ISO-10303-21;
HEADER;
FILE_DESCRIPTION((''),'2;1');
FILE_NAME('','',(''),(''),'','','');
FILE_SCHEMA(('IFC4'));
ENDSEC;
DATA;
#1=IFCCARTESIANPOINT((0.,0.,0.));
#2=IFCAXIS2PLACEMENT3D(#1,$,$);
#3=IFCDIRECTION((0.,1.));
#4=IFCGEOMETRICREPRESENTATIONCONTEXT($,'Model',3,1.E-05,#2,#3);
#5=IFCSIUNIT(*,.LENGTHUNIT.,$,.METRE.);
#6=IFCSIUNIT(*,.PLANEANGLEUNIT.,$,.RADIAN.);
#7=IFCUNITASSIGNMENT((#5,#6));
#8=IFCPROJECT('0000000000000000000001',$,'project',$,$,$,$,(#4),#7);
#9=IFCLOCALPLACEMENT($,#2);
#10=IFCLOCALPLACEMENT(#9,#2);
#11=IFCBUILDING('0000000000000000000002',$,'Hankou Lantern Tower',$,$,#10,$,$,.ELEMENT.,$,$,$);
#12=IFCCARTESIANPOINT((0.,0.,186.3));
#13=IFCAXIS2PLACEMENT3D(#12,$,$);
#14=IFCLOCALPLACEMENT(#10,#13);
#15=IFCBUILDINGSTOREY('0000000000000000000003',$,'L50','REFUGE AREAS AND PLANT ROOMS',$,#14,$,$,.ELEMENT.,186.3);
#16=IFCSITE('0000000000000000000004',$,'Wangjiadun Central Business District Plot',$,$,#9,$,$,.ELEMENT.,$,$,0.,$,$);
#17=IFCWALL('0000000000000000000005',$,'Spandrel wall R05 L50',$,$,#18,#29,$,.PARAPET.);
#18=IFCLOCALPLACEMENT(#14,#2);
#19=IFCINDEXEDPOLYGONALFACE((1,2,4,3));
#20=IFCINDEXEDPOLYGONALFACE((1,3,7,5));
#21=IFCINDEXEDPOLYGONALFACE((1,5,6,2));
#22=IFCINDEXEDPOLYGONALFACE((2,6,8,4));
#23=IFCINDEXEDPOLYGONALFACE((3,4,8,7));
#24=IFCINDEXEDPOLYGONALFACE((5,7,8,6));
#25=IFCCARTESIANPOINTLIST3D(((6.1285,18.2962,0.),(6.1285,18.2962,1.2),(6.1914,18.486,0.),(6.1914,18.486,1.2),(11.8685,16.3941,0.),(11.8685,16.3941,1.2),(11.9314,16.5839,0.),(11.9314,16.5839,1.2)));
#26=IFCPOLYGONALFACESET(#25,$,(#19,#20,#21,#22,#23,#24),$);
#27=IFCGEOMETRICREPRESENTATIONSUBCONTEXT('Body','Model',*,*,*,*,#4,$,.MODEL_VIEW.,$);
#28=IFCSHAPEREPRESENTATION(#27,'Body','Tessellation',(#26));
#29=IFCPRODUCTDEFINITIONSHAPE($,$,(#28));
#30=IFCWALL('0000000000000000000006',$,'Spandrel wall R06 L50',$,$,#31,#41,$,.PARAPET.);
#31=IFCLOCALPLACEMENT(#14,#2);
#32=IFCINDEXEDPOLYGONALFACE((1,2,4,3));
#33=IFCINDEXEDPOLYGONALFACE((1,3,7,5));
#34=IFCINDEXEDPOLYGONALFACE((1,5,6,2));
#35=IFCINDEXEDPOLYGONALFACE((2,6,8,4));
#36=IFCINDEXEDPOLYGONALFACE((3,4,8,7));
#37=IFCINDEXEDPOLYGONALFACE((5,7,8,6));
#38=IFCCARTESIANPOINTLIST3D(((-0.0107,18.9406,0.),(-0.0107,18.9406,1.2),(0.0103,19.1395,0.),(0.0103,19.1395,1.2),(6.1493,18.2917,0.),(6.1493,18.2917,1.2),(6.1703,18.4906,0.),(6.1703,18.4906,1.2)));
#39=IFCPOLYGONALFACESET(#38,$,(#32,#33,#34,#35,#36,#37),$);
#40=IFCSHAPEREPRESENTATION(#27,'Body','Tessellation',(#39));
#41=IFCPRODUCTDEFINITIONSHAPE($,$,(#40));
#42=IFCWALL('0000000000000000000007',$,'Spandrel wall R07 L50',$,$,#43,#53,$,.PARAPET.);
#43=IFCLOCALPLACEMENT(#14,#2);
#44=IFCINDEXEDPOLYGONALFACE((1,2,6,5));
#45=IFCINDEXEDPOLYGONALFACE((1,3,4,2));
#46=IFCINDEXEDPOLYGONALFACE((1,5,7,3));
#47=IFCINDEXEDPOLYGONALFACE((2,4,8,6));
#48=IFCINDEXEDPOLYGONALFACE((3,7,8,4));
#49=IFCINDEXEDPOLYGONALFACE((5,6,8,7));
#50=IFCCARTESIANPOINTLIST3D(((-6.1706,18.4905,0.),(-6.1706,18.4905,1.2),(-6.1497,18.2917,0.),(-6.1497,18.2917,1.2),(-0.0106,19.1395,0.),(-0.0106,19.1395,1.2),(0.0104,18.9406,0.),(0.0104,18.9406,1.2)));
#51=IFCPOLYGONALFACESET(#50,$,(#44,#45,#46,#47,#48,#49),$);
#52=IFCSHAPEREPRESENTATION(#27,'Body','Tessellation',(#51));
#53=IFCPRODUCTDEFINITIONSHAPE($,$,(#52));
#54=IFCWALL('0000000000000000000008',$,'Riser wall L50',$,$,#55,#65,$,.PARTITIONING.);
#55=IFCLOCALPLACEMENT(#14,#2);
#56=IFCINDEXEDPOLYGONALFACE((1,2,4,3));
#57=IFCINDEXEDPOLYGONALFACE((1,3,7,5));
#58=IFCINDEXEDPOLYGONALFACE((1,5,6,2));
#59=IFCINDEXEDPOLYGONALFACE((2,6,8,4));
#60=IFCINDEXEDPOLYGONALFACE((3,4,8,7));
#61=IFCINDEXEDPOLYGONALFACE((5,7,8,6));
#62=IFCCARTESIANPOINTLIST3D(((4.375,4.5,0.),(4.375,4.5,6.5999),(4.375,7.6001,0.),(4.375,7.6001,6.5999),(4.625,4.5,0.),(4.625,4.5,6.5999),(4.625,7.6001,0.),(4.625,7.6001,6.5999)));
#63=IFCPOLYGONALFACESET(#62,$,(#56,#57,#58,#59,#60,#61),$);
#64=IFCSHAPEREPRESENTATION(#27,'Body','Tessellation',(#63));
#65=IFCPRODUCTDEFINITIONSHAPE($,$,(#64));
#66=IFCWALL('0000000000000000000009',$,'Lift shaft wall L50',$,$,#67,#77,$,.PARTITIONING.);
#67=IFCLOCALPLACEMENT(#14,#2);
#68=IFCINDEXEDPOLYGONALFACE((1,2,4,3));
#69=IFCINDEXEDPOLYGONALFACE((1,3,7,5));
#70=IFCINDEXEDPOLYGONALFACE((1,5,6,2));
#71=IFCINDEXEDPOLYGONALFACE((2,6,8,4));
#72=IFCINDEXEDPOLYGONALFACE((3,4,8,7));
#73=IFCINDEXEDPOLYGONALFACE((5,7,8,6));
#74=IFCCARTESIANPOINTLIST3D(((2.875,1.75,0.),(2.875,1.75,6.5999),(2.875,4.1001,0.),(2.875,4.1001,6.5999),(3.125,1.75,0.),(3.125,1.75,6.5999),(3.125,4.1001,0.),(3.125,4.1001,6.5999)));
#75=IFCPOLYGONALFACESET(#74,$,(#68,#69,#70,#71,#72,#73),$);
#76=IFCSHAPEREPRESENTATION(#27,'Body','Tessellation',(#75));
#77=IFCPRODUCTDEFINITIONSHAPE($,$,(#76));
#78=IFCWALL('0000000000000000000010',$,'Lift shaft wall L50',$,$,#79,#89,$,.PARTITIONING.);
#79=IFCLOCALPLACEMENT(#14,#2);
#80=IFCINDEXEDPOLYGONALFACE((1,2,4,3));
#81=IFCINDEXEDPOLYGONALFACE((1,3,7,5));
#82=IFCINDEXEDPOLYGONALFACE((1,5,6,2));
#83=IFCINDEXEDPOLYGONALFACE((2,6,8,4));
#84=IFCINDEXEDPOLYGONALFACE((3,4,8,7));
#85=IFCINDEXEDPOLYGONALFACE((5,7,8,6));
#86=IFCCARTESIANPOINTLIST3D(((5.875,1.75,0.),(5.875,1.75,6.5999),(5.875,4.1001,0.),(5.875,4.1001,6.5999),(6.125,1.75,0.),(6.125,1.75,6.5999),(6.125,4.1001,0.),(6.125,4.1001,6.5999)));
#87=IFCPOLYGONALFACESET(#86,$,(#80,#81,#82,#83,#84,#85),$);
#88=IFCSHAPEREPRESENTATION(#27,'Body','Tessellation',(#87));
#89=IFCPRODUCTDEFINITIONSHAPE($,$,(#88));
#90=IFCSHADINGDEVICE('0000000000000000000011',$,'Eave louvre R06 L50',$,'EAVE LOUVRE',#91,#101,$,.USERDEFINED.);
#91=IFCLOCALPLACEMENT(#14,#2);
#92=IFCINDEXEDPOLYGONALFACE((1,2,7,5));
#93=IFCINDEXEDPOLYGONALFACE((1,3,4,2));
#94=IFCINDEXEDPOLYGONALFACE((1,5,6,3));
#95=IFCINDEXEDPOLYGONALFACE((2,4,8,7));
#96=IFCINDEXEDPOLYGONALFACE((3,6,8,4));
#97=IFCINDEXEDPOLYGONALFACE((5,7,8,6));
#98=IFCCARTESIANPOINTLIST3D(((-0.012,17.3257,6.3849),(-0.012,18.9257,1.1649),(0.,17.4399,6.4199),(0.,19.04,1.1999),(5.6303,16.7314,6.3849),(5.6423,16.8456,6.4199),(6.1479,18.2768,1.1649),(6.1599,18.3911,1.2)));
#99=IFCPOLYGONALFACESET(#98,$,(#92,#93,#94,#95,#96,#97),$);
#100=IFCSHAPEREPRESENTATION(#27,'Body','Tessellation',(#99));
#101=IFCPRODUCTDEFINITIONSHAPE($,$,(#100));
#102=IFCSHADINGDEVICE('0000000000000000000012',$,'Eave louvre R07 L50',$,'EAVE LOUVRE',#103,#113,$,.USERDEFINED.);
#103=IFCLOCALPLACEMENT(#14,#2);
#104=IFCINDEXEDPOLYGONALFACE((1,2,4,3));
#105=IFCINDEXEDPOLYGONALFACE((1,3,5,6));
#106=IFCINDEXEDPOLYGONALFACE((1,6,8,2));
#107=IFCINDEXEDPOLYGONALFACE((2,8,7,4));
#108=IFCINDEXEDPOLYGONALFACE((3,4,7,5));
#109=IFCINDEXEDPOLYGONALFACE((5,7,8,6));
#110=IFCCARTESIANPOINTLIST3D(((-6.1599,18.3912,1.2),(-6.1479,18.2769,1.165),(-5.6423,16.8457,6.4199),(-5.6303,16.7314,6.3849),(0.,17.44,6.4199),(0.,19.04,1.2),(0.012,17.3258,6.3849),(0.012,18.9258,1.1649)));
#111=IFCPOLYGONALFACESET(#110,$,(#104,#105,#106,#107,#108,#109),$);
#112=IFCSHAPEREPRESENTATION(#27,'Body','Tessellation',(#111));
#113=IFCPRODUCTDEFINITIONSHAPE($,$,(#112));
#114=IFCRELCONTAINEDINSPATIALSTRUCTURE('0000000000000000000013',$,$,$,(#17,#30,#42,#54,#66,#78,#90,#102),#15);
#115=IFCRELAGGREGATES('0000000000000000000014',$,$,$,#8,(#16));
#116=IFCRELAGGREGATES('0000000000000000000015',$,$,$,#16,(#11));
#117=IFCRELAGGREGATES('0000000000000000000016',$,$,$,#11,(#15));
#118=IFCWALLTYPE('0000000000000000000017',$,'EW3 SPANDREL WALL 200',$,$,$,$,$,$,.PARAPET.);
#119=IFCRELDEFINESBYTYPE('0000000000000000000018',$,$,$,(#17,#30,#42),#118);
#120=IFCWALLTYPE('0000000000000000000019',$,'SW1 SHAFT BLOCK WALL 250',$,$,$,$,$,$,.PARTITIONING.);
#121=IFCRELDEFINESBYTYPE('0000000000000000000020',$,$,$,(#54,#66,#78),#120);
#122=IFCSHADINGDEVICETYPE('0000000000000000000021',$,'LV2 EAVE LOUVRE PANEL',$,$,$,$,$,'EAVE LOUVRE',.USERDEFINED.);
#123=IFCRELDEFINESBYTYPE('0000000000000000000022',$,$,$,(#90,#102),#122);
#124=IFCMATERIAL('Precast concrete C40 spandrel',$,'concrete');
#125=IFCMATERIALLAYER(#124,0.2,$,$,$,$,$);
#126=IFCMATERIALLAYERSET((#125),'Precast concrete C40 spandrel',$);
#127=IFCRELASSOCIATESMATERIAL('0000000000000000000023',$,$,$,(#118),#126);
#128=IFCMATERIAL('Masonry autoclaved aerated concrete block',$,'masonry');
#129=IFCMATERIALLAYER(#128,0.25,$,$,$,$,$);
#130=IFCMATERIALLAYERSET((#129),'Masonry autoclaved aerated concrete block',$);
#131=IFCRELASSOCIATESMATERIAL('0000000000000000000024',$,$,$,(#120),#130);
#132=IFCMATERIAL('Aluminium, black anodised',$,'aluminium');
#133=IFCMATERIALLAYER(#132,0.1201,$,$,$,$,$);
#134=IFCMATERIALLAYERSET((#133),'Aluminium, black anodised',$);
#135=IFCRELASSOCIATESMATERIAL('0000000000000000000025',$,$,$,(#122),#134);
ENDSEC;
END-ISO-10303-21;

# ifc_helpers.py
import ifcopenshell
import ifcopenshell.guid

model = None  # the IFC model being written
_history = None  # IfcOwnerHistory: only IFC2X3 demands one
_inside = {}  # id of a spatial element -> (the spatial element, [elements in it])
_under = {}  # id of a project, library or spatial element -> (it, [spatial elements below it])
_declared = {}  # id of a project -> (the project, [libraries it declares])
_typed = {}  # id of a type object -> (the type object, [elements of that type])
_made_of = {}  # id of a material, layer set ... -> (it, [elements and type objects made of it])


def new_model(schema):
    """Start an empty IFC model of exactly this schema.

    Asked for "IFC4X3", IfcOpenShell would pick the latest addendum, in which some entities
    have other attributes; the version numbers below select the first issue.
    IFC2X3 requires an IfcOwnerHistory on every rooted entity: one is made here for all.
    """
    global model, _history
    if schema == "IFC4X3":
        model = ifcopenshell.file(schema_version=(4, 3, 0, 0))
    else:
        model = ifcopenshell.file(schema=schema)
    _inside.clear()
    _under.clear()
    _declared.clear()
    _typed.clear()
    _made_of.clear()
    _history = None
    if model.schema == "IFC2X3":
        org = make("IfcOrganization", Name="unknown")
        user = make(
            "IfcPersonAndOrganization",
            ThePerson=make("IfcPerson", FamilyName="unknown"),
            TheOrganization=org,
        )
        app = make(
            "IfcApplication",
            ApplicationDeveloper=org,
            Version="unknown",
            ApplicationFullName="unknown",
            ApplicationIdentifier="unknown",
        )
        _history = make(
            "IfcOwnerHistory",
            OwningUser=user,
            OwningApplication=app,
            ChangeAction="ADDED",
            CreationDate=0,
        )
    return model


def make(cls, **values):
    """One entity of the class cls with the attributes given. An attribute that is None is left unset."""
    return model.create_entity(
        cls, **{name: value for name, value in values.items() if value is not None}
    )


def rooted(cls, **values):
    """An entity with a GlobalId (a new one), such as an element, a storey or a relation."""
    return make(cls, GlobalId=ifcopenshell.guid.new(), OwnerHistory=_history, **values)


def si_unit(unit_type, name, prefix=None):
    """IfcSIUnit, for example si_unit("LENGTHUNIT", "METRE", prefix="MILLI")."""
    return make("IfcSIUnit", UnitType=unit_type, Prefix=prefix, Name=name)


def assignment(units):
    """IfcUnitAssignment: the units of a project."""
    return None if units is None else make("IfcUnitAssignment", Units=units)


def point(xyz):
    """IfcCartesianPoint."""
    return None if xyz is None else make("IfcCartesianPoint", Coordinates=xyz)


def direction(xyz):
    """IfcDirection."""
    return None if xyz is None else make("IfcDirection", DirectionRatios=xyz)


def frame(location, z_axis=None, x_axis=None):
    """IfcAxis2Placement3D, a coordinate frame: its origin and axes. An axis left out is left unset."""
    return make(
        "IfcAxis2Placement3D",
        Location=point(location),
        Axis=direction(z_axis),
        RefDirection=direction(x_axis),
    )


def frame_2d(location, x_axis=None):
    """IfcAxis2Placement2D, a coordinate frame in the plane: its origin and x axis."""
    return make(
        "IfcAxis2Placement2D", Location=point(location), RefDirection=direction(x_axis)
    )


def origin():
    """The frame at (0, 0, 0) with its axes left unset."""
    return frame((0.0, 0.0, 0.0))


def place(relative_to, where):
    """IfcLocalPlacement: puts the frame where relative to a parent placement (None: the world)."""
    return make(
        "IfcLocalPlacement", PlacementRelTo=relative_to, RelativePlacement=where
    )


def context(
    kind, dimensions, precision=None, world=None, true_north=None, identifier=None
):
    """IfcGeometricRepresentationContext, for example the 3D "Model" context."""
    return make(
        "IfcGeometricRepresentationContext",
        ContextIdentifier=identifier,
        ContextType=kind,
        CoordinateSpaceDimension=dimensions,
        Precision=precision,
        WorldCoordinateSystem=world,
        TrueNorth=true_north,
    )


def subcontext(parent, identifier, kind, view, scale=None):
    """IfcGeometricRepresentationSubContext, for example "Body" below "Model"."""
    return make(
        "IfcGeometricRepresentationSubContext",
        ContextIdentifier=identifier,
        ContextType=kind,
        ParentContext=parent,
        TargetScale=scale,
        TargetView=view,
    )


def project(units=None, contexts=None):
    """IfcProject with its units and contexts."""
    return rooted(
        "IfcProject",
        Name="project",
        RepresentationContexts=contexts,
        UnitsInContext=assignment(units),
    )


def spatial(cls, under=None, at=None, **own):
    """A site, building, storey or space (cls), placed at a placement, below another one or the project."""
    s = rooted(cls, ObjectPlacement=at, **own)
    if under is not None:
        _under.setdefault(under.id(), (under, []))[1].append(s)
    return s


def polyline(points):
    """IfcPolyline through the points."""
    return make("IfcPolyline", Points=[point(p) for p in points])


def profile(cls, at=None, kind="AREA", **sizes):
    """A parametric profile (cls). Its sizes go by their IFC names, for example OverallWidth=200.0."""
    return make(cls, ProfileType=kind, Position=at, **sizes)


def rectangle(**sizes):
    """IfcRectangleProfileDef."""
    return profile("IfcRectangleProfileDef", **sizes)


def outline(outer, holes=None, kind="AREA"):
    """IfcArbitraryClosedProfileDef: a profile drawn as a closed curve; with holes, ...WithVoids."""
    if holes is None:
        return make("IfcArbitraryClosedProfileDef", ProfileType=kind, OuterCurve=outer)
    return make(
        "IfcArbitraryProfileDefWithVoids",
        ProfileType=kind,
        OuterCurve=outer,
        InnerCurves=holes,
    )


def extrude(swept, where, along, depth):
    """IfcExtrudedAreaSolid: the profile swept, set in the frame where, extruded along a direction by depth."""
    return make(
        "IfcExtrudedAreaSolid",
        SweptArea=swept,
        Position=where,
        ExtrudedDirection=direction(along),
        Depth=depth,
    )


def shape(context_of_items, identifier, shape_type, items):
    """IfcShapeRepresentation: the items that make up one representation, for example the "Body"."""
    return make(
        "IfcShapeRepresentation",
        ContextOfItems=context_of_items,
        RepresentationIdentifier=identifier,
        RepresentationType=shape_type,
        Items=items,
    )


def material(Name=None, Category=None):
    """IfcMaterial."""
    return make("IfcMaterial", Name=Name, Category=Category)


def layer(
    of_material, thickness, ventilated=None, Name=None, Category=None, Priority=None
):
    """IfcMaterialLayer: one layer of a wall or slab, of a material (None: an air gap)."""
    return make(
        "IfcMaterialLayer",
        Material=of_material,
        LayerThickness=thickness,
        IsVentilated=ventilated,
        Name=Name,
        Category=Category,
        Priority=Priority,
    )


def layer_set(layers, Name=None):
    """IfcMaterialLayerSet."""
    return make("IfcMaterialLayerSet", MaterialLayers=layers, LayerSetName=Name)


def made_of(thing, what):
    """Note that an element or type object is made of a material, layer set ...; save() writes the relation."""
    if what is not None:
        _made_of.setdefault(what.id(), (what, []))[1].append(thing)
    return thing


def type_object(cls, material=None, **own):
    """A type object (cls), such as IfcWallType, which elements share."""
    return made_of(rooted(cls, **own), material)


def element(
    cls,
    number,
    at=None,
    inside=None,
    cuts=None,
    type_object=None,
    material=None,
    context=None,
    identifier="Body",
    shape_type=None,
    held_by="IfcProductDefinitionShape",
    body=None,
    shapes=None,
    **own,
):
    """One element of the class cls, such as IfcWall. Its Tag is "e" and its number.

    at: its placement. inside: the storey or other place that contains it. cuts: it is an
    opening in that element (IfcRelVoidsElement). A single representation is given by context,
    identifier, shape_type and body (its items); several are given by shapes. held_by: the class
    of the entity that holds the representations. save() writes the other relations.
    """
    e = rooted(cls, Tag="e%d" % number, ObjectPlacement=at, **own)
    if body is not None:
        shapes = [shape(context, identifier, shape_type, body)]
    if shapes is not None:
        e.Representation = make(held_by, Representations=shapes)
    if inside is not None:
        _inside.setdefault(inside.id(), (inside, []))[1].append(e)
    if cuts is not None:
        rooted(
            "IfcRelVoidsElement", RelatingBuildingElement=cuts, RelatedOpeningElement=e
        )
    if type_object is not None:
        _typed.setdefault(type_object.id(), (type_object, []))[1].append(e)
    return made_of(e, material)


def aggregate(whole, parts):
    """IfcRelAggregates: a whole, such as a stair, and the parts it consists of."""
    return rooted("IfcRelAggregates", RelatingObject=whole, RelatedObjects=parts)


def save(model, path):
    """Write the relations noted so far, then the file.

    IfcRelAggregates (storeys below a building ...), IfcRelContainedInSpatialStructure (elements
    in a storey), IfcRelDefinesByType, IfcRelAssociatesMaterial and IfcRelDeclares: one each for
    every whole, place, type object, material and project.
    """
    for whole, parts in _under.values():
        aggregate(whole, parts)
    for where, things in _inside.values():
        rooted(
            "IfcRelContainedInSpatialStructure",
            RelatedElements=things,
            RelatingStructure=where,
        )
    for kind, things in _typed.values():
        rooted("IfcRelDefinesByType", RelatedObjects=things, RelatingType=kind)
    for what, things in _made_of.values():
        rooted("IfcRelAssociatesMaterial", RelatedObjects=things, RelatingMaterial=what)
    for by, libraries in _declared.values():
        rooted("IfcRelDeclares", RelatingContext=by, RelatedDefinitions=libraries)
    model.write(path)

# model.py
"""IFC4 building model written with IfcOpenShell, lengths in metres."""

from ifc_helpers import new_model, si_unit, direction, frame, frame_2d, origin, place, context, subcontext, project, spatial, polyline, rectangle, outline, extrude, material, layer, layer_set, type_object, element, save


model = new_model("IFC4")

# Units and contexts
model_context = context("Model", 3, precision=1e-05, world=origin(), true_north=direction((0.0, 1.0)))
body_context = subcontext(model_context, "Body", "Model", "MODEL_VIEW")
ifc_project = project(units=[si_unit("LENGTHUNIT", "METRE"), si_unit("PLANEANGLEUNIT", "RADIAN")], contexts=[model_context])

# Site, building, storey
site_placement = place(None, origin())
site = spatial("IfcSite", under=ifc_project, at=site_placement, Name="Wangjiadun Central Business District Plot", CompositionType="ELEMENT", RefElevation=0.0)
building_placement = place(site_placement, origin())
building = spatial("IfcBuilding", under=site, at=building_placement, Name="Hankou Lantern Tower", CompositionType="ELEMENT")
storey_placement = place(building_placement, frame((0.0, 0.0, 186.3)))
storey = spatial("IfcBuildingStorey", under=building, at=storey_placement, Name="L50", Description="REFUGE AREAS AND PLANT ROOMS", CompositionType="ELEMENT", Elevation=186.3)

# Walls
ifc_material_1 = material(Name="Precast concrete C40 spandrel", Category="concrete")
ifc_layer_1 = layer(ifc_material_1, 0.2)
ifc_layer_set_1 = layer_set([ifc_layer_1], Name="Precast concrete C40 spandrel")
wall_type_1 = type_object("IfcWallType", Name="EW3 SPANDREL WALL 200", PredefinedType="PARAPET", material=ifc_layer_set_1)
wall_1_placement = place(storey_placement, frame((11.8999, 16.489, 0.0), z_axis=(0.0, 0.0, 1.0), x_axis=(-0.949239, 0.314556, 0.0)))
element("IfcWall", 1, at=wall_1_placement, inside=storey, type_object=wall_type_1, Name="Spandrel wall R05 L50", PredefinedType="PARAPET", context=body_context, shape_type="SweptSolid", body=[
    extrude(rectangle(XDim=6.0469, YDim=0.2, at=frame_2d((3.0234, 0.0))), origin(), (0.0, 0.0, 1.0), 1.2),
])
for number, where, z_axis, x_axis, name in (
    (2, (6.1599, 18.3911, 0.0), (0.0, 0.0, 1.0), (-0.994497, 0.104767, 0.0), "Spandrel wall R06 L50"),
    (3, (0.0, 19.04, 0.0), (0.0, 0.0, 1.0), (-0.994497, -0.104767, 0.0), "Spandrel wall R07 L50"),
):
    element("IfcWall", number, at=place(storey_placement, frame(where, z_axis=z_axis, x_axis=x_axis)), inside=storey, type_object=wall_type_1, Name=name, PredefinedType="PARAPET", context=body_context, shape_type="SweptSolid", body=[
        extrude(rectangle(XDim=6.1941, YDim=0.2, at=frame_2d((3.0972, 0.0))), origin(), (0.0, 0.0, 1.0), 1.2),
    ])
ifc_material_2 = material(Name="Masonry autoclaved aerated concrete block", Category="masonry")
ifc_layer_2 = layer(ifc_material_2, 0.25)
ifc_layer_set_2 = layer_set([ifc_layer_2], Name="Masonry autoclaved aerated concrete block")
wall_type_2 = type_object("IfcWallType", Name="SW1 SHAFT BLOCK WALL 250", PredefinedType="PARTITIONING", material=ifc_layer_set_2)
wall_2_placement = place(storey_placement, frame((4.5, 4.5, 0.0), z_axis=(0.0, 0.0, 1.0), x_axis=(0.0, 1.0, 0.0)))
element("IfcWall", 4, at=wall_2_placement, inside=storey, type_object=wall_type_2, Name="Riser wall L50", PredefinedType="PARTITIONING", context=body_context, shape_type="SweptSolid", body=[
    extrude(rectangle(XDim=3.1001, YDim=0.25, at=frame_2d((1.55, 0.0))), origin(), (0.0, 0.0, 1.0), 6.5999),
])
for number, where, z_axis, x_axis, name in (
    (5, (3.0, 1.75, 0.0), (0.0, 0.0, 1.0), (0.0, 1.0, 0.0), "Lift shaft wall L50"),
    (6, (6.0, 1.75, 0.0), (0.0, 0.0, 1.0), (0.0, 1.0, 0.0), "Lift shaft wall L50"),
):
    element("IfcWall", number, at=place(storey_placement, frame(where, z_axis=z_axis, x_axis=x_axis)), inside=storey, type_object=wall_type_2, Name=name, PredefinedType="PARTITIONING", context=body_context, shape_type="SweptSolid", body=[
        extrude(rectangle(XDim=2.3501, YDim=0.25, at=frame_2d((1.175, 0.0))), origin(), (0.0, 0.0, 1.0), 6.5999),
    ])

# Shading devices
ifc_material_3 = material(Name="Aluminium, black anodised", Category="aluminium")
ifc_layer_3 = layer(ifc_material_3, 0.1201)
ifc_layer_set_3 = layer_set([ifc_layer_3], Name="Aluminium, black anodised")
shading_device_type = type_object("IfcShadingDeviceType", Name="LV2 EAVE LOUVRE PANEL", ElementType="EAVE LOUVRE", PredefinedType="USERDEFINED", material=ifc_layer_set_3)
shading_device_1_placement = place(storey_placement, frame((6.1599, 18.3911, 1.2), z_axis=(0.100201, 0.951282, 0.291585), x_axis=(-0.994498, 0.104754, -0.000004)))
element("IfcShadingDevice", 7, at=shading_device_1_placement, inside=storey, type_object=shading_device_type, Name="Eave louvre R06 L50", ObjectType="EAVE LOUVRE", PredefinedType="USERDEFINED", context=body_context, shape_type="SweptSolid", body=[
    extrude(outline(polyline([(0.0, 0.0), (6.194, 0.0), (6.0264, 5.4571), (0.3528, 5.4571), (0.0, 0.0)])), origin(), (0.0, 0.0, -1.0), 0.1201),
])
shading_device_2_placement = place(storey_placement, frame((0.0, 19.04, 1.2), z_axis=(-0.100201, 0.951282, 0.291585), x_axis=(-0.994498, -0.104754, 0.000004)))
element("IfcShadingDevice", 8, at=shading_device_2_placement, inside=storey, type_object=shading_device_type, Name="Eave louvre R07 L50", ObjectType="EAVE LOUVRE", PredefinedType="USERDEFINED", context=body_context, shape_type="SweptSolid", body=[
    extrude(outline(polyline([(0.0, 0.0), (6.194, 0.0), (5.8412, 5.4571), (0.1676, 5.4571), (0.0, 0.0)])), origin(), (0.0, 0.0, -1.0), 0.1201),
])

save(model, "model.ifc")
